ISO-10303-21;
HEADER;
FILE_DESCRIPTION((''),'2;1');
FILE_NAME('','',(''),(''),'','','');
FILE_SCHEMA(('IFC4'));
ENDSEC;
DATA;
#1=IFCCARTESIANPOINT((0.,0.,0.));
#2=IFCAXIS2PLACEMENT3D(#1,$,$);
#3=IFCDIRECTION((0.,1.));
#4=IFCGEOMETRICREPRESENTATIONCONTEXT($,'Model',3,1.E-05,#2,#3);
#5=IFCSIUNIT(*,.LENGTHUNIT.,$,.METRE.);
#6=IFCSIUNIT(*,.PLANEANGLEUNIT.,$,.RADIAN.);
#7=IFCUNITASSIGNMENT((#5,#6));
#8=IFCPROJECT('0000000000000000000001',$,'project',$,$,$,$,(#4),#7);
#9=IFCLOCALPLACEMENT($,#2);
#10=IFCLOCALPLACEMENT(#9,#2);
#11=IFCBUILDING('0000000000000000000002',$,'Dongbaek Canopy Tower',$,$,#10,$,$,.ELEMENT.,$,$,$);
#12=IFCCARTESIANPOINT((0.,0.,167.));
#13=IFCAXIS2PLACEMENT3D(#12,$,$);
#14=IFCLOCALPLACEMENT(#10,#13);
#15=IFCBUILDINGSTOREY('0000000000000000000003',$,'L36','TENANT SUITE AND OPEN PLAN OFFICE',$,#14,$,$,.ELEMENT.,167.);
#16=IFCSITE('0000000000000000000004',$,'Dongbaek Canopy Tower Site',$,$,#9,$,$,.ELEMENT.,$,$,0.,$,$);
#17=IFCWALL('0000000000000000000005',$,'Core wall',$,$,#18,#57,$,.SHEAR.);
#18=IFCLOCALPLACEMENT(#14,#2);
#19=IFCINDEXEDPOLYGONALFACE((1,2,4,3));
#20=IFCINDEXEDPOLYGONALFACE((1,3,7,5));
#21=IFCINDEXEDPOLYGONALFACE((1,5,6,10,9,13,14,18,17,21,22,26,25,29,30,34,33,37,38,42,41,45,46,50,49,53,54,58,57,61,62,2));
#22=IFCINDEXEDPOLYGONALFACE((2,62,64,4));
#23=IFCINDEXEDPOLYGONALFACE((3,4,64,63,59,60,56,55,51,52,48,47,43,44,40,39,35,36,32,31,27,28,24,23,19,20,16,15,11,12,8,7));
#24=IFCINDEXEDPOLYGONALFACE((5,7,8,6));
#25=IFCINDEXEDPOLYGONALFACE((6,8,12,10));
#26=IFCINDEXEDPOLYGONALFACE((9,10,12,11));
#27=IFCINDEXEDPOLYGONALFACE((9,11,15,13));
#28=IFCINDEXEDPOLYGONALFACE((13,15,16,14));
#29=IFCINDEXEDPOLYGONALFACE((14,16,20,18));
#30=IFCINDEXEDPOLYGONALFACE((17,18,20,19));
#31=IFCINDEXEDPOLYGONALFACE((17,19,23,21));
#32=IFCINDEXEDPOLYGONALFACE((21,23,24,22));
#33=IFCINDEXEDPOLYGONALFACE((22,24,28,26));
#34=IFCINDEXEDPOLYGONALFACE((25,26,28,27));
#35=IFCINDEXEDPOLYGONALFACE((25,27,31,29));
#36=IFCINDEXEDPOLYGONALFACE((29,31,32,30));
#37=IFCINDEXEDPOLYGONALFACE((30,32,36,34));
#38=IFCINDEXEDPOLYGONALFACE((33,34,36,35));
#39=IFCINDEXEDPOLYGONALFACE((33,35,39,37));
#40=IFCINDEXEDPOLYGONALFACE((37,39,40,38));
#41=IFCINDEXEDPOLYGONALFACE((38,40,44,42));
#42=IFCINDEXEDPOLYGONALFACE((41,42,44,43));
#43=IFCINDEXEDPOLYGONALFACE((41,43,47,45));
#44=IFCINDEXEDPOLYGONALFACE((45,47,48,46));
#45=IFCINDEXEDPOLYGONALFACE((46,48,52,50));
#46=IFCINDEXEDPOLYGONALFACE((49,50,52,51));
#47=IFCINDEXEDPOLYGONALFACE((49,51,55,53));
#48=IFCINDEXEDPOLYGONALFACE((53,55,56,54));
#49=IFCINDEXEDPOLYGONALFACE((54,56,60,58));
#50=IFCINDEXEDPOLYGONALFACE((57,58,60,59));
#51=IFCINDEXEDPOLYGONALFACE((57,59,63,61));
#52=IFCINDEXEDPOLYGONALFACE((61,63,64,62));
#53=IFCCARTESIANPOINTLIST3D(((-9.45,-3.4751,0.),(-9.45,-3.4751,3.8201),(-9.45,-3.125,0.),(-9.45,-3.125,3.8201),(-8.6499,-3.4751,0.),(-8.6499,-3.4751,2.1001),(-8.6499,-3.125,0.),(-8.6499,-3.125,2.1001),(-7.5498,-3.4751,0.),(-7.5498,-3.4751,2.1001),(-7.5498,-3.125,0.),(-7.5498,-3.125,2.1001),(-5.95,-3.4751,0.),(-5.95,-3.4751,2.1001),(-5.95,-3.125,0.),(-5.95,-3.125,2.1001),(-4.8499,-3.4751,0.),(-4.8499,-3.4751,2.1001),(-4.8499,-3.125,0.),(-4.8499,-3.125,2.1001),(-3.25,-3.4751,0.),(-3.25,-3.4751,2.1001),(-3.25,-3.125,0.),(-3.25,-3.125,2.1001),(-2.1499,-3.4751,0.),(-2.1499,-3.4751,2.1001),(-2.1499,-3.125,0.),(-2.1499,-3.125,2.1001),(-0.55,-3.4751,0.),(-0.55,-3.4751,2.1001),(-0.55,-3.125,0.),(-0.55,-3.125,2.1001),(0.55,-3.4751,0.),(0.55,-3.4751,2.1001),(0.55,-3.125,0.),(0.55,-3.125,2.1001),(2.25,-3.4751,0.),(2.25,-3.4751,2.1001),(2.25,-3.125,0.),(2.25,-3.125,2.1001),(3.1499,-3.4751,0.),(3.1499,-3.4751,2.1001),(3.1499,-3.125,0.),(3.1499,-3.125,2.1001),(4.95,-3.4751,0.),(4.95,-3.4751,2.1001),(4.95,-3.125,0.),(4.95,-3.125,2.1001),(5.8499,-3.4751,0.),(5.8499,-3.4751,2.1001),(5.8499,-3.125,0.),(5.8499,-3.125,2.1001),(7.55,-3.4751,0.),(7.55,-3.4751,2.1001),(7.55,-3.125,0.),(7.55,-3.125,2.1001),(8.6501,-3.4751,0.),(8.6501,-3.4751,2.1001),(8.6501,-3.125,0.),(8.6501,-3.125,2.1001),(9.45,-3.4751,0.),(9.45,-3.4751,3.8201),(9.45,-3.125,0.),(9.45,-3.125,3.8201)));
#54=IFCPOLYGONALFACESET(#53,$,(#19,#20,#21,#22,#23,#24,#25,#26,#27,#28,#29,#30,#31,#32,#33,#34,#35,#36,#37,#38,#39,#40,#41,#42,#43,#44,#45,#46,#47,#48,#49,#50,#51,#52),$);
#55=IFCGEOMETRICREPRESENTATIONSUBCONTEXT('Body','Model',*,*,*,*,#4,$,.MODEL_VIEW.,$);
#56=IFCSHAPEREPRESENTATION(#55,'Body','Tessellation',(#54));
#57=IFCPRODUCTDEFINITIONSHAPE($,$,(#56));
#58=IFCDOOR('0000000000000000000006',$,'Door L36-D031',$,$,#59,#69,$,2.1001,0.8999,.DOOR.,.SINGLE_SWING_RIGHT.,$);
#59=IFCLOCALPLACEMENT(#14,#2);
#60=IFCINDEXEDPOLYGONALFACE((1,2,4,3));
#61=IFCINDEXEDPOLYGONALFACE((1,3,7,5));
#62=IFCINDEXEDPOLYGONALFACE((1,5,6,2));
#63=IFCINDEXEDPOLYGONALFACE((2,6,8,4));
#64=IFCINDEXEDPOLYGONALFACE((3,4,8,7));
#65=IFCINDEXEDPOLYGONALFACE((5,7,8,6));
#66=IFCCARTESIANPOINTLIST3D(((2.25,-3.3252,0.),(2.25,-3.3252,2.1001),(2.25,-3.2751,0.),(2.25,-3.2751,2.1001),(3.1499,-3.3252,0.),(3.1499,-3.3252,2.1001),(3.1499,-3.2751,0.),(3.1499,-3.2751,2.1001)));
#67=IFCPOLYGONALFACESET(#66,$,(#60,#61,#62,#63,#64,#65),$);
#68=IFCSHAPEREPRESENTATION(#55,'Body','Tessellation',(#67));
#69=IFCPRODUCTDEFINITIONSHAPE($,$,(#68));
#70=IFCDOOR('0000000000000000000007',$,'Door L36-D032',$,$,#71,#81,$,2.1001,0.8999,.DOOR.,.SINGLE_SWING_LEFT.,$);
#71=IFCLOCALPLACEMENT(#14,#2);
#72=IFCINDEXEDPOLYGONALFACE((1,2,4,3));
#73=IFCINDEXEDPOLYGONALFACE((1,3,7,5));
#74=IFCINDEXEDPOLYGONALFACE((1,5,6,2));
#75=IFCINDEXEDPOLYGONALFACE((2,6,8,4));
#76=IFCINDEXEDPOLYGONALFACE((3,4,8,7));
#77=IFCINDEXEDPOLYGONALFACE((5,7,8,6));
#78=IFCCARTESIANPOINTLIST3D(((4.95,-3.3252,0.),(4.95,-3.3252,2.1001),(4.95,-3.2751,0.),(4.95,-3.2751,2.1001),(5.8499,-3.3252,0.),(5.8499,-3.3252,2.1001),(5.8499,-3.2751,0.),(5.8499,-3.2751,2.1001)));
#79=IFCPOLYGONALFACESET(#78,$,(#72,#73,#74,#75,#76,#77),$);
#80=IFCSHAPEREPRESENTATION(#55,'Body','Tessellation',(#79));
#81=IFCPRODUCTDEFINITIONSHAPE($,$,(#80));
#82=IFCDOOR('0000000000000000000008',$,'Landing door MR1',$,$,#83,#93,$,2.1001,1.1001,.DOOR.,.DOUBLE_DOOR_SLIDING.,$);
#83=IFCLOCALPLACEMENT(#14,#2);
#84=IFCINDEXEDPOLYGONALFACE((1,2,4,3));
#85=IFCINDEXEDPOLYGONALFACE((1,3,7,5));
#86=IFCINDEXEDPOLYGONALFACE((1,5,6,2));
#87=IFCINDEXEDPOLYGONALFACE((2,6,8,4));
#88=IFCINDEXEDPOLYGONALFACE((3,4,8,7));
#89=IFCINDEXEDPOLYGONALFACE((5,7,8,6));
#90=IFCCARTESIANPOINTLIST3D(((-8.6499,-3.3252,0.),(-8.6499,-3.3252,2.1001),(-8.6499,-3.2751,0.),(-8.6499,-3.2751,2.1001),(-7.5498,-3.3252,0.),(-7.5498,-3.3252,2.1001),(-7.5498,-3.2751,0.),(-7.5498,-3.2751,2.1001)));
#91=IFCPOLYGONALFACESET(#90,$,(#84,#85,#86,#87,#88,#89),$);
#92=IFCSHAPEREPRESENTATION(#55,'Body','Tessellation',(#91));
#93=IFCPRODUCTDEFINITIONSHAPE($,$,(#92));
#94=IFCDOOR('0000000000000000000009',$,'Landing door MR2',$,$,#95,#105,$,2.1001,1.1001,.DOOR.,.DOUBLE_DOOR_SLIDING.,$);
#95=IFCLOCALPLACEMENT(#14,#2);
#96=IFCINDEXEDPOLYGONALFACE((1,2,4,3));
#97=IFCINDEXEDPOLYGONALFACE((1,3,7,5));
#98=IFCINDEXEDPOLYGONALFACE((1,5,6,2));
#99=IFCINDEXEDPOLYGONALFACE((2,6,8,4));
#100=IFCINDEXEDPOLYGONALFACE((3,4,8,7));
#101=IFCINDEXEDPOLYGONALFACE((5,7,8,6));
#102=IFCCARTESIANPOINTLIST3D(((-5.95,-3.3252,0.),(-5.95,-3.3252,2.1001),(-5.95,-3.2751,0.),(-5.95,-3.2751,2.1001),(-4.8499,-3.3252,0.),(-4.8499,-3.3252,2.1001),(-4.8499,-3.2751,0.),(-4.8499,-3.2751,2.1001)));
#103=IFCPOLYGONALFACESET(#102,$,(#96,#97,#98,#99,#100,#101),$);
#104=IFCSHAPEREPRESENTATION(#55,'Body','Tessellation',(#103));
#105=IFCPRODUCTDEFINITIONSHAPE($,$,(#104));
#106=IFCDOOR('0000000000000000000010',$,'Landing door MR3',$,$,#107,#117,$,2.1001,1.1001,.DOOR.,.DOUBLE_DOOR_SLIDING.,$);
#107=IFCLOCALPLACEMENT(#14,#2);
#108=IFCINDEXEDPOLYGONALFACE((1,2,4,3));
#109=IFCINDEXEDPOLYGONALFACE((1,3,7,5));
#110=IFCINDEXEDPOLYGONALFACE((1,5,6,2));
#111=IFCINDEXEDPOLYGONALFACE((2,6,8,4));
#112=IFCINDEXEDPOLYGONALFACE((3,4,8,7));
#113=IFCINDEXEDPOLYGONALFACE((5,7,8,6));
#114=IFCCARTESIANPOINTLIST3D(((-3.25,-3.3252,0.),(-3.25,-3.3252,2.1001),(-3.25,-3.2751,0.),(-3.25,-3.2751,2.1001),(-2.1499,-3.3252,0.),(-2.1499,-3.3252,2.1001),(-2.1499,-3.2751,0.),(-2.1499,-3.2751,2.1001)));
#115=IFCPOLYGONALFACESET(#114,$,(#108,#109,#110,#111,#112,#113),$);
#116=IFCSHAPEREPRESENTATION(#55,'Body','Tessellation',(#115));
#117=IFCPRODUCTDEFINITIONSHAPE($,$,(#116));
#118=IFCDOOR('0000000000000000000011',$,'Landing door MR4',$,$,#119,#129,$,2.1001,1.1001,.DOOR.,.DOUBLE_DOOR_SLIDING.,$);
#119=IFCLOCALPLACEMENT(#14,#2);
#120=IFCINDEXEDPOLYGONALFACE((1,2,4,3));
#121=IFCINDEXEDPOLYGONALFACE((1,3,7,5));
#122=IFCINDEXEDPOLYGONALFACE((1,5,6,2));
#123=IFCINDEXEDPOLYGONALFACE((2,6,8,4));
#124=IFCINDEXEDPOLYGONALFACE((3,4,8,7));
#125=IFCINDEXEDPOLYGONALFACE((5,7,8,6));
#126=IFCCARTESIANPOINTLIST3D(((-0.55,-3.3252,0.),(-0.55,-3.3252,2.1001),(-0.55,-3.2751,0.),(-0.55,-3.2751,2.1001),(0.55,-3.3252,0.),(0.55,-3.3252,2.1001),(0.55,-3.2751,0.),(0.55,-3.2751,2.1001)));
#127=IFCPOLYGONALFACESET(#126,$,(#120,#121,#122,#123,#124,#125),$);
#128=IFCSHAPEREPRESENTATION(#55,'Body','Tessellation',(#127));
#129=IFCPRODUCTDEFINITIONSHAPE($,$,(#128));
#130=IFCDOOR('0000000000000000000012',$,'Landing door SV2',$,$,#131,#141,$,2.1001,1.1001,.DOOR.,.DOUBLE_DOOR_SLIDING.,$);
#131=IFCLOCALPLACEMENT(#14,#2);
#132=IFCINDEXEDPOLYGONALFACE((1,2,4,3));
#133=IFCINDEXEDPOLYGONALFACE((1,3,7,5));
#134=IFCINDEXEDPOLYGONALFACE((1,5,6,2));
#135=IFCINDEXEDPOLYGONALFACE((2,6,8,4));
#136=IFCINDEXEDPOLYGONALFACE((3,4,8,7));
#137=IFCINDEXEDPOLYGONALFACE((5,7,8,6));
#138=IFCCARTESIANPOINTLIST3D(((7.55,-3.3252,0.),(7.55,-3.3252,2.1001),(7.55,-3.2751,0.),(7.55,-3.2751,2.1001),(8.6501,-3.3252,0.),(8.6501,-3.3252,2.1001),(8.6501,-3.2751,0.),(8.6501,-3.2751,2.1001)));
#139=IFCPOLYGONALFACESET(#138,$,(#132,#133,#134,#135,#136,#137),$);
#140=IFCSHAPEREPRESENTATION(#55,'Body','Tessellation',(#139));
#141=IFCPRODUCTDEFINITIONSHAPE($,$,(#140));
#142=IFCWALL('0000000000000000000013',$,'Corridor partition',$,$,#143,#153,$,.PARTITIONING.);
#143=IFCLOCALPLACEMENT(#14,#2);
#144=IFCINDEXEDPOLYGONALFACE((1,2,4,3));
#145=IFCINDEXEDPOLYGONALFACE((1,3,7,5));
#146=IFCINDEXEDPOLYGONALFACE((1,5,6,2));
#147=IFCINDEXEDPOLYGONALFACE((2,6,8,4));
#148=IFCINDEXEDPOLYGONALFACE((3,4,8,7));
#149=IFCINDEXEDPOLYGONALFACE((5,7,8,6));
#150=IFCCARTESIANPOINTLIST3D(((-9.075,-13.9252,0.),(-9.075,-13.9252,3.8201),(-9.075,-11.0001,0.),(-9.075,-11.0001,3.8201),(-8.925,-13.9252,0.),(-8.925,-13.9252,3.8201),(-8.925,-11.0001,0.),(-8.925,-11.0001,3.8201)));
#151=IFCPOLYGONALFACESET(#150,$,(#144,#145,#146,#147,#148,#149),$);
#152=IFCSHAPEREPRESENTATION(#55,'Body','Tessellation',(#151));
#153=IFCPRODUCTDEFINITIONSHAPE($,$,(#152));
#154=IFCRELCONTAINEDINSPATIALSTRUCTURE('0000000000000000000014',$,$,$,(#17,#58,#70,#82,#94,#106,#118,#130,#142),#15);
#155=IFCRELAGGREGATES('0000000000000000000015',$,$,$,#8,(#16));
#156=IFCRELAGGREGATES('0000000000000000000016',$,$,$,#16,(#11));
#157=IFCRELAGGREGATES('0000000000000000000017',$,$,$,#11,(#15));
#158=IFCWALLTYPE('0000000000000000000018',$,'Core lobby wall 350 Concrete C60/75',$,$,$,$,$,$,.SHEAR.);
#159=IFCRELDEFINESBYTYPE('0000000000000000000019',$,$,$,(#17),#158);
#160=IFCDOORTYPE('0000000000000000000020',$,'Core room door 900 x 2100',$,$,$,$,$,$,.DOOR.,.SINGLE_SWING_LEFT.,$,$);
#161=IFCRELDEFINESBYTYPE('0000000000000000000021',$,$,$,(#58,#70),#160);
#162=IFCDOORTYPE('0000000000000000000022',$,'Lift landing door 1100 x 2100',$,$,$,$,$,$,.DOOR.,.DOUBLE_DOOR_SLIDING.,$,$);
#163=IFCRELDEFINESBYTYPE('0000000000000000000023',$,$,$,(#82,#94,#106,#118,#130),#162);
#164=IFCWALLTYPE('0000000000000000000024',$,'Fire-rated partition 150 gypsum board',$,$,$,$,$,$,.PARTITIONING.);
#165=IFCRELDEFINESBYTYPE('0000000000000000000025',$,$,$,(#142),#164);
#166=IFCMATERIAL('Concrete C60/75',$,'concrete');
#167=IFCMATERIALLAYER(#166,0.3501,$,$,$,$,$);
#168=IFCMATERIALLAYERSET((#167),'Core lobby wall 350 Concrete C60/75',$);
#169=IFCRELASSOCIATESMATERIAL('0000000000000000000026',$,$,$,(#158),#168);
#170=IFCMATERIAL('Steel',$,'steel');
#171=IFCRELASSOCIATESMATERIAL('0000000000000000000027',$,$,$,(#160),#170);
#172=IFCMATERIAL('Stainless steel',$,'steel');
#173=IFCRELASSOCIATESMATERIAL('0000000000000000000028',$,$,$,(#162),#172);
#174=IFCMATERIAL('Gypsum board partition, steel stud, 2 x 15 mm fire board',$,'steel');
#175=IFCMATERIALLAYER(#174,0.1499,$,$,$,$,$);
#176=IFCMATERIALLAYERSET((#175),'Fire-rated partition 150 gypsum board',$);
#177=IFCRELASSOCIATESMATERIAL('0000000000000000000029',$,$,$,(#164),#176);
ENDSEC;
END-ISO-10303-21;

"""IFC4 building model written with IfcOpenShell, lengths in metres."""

from ifc_helpers import new_model, si_unit, direction, frame, frame_2d, origin, place, context, subcontext, project, spatial, rectangle, extrude, material, layer, layer_set, type_object, element, fill, save


model = new_model("IFC4")

# Units and contexts
model_context = context("Model", 3, precision=1e-05, world=origin(), true_north=direction((0.0, 1.0)))
body_context = subcontext(model_context, "Body", "Model", "MODEL_VIEW")
ifc_project = project(units=[si_unit("LENGTHUNIT", "METRE"), si_unit("PLANEANGLEUNIT", "RADIAN")], contexts=[model_context])

# Site, building, storey
site_placement = place(None, origin())
site = spatial("IfcSite", under=ifc_project, at=site_placement, Name="Dongbaek Canopy Tower Site", CompositionType="ELEMENT", RefElevation=0.0)
building_placement = place(site_placement, origin())
building = spatial("IfcBuilding", under=site, at=building_placement, Name="Dongbaek Canopy Tower", CompositionType="ELEMENT")
storey_placement = place(building_placement, frame((0.0, 0.0, 167.0)))
storey = spatial("IfcBuildingStorey", under=building, at=storey_placement, Name="L36", Description="TENANT SUITE AND OPEN PLAN OFFICE", CompositionType="ELEMENT", Elevation=167.0)

# Wall, openings, doors
ifc_material_1 = material(Name="Concrete C60/75", Category="concrete")
ifc_layer_1 = layer(ifc_material_1, 0.3501)
ifc_layer_set_1 = layer_set([ifc_layer_1], Name="Core lobby wall 350 Concrete C60/75")
wall_type_1 = type_object("IfcWallType", Name="Core lobby wall 350 Concrete C60/75", PredefinedType="SHEAR", material=ifc_layer_set_1)
wall_1_placement = place(storey_placement, frame((-9.45, -3.3, 0.0), z_axis=(0.0, 0.0, 1.0), x_axis=(1.0, 0.0, 0.0)))
wall_1 = element("IfcWall", 1, at=wall_1_placement, inside=storey, type_object=wall_type_1, Name="Core wall", PredefinedType="SHEAR", context=body_context, shape_type="SweptSolid", body=[
    extrude(rectangle(XDim=18.8999, YDim=0.3501, at=frame_2d((9.45, 0.0))), origin(), (0.0, 0.0, 1.0), 3.8201),
])
opening_1_placement = place(wall_1_placement, frame((0.8, 0.0, 0.0)))
opening_1 = element("IfcOpeningElement", 2, at=opening_1_placement, cuts=wall_1, PredefinedType="OPENING", context=body_context, shape_type="SweptSolid", body=[
    extrude(rectangle(XDim=1.1001, YDim=2.1001, at=frame_2d((0.55, 1.05))), frame((0.0, 0.1851, 0.0), z_axis=(0.0, -1.0, 0.0), x_axis=(1.0, 0.0, 0.0)), (0.0, 0.0, 1.0), 0.3701),
])
opening_2_placement = place(wall_1_placement, frame((3.5, 0.0, 0.0)))
opening_2 = element("IfcOpeningElement", 3, at=opening_2_placement, cuts=wall_1, PredefinedType="OPENING", context=body_context, shape_type="SweptSolid", body=[
    extrude(rectangle(XDim=1.1001, YDim=2.1001, at=frame_2d((0.55, 1.05))), frame((0.0, 0.1851, 0.0), z_axis=(0.0, -1.0, 0.0), x_axis=(1.0, 0.0, 0.0)), (0.0, 0.0, 1.0), 0.3701),
])
opening_3_placement = place(wall_1_placement, frame((6.2, 0.0, 0.0)))
opening_3 = element("IfcOpeningElement", 4, at=opening_3_placement, cuts=wall_1, PredefinedType="OPENING", context=body_context, shape_type="SweptSolid", body=[
    extrude(rectangle(XDim=1.1001, YDim=2.1001, at=frame_2d((0.55, 1.05))), frame((0.0, 0.1851, 0.0), z_axis=(0.0, -1.0, 0.0), x_axis=(1.0, 0.0, 0.0)), (0.0, 0.0, 1.0), 0.3701),
])
opening_4_placement = place(wall_1_placement, frame((8.8999, 0.0, 0.0)))
opening_4 = element("IfcOpeningElement", 5, at=opening_4_placement, cuts=wall_1, PredefinedType="OPENING", context=body_context, shape_type="SweptSolid", body=[
    extrude(rectangle(XDim=1.1001, YDim=2.1001, at=frame_2d((0.55, 1.05))), frame((0.0, 0.1851, 0.0), z_axis=(0.0, -1.0, 0.0), x_axis=(1.0, 0.0, 0.0)), (0.0, 0.0, 1.0), 0.3701),
])
opening_5_placement = place(wall_1_placement, frame((17.0, 0.0, 0.0)))
opening_5 = element("IfcOpeningElement", 6, at=opening_5_placement, cuts=wall_1, PredefinedType="OPENING", context=body_context, shape_type="SweptSolid", body=[
    extrude(rectangle(XDim=1.1001, YDim=2.1001, at=frame_2d((0.55, 1.05))), frame((0.0, 0.1851, 0.0), z_axis=(0.0, -1.0, 0.0), x_axis=(1.0, 0.0, 0.0)), (0.0, 0.0, 1.0), 0.3701),
])
opening_6_placement = place(wall_1_placement, frame((11.7, 0.0, 0.0)))
opening_6 = element("IfcOpeningElement", 7, at=opening_6_placement, cuts=wall_1, PredefinedType="OPENING", context=body_context, shape_type="SweptSolid", body=[
    extrude(rectangle(XDim=0.8999, YDim=2.1001, at=frame_2d((0.45, 1.05))), frame((0.0, 0.1851, 0.0), z_axis=(0.0, -1.0, 0.0), x_axis=(1.0, 0.0, 0.0)), (0.0, 0.0, 1.0), 0.3701),
])
opening_7_placement = place(wall_1_placement, frame((14.3999, 0.0, 0.0)))
opening_7 = element("IfcOpeningElement", 8, at=opening_7_placement, cuts=wall_1, PredefinedType="OPENING", context=body_context, shape_type="SweptSolid", body=[
    extrude(rectangle(XDim=0.8999, YDim=2.1001, at=frame_2d((0.45, 1.05))), frame((0.0, 0.1851, 0.0), z_axis=(0.0, -1.0, 0.0), x_axis=(1.0, 0.0, 0.0)), (0.0, 0.0, 1.0), 0.3701),
])
ifc_material_2 = material(Name="Steel", Category="steel")
door_type_1 = type_object("IfcDoorType", Name="Core room door 900 x 2100", OperationType="SINGLE_SWING_LEFT", PredefinedType="DOOR", material=ifc_material_2)
door_1_placement = place(opening_6_placement, origin())
door_1 = element("IfcDoor", 9, at=door_1_placement, inside=storey, type_object=door_type_1, Name="Door L36-D031", OperationType="SINGLE_SWING_RIGHT", OverallHeight=2.1001, OverallWidth=0.8999, PredefinedType="DOOR", context=body_context, shape_type="SweptSolid", body=[
    extrude(rectangle(XDim=0.8999, YDim=2.1001, at=frame_2d((0.45, 1.05))), frame((0.0, 0.0249, 0.0), z_axis=(0.0, -1.0, 0.0), x_axis=(1.0, 0.0, 0.0)), (0.0, 0.0, 1.0), 0.05),
])
fill(opening_6, door_1)
door_2_placement = place(opening_7_placement, origin())
door_2 = element("IfcDoor", 10, at=door_2_placement, inside=storey, type_object=door_type_1, Name="Door L36-D032", OperationType="SINGLE_SWING_LEFT", OverallHeight=2.1001, OverallWidth=0.8999, PredefinedType="DOOR", context=body_context, shape_type="SweptSolid", body=[
    extrude(rectangle(XDim=0.8999, YDim=2.1001, at=frame_2d((0.45, 1.05))), frame((0.0, 0.0249, 0.0), z_axis=(0.0, -1.0, 0.0), x_axis=(1.0, 0.0, 0.0)), (0.0, 0.0, 1.0), 0.05),
])
fill(opening_7, door_2)
ifc_material_3 = material(Name="Stainless steel", Category="steel")
door_type_2 = type_object("IfcDoorType", Name="Lift landing door 1100 x 2100", OperationType="DOUBLE_DOOR_SLIDING", PredefinedType="DOOR", material=ifc_material_3)
door_3_placement = place(opening_1_placement, origin())
door_3 = element("IfcDoor", 11, at=door_3_placement, inside=storey, type_object=door_type_2, Name="Landing door MR1", OperationType="DOUBLE_DOOR_SLIDING", OverallHeight=2.1001, OverallWidth=1.1001, PredefinedType="DOOR", context=body_context, shape_type="SweptSolid", body=[
    extrude(rectangle(XDim=1.1001, YDim=2.1001, at=frame_2d((0.55, 1.05))), frame((0.0, 0.0249, 0.0), z_axis=(0.0, -1.0, 0.0), x_axis=(1.0, 0.0, 0.0)), (0.0, 0.0, 1.0), 0.05),
])
fill(opening_1, door_3)
door_4_placement = place(opening_2_placement, origin())
door_4 = element("IfcDoor", 12, at=door_4_placement, inside=storey, type_object=door_type_2, Name="Landing door MR2", OperationType="DOUBLE_DOOR_SLIDING", OverallHeight=2.1001, OverallWidth=1.1001, PredefinedType="DOOR", context=body_context, shape_type="SweptSolid", body=[
    extrude(rectangle(XDim=1.1001, YDim=2.1001, at=frame_2d((0.55, 1.05))), frame((0.0, 0.0249, 0.0), z_axis=(0.0, -1.0, 0.0), x_axis=(1.0, 0.0, 0.0)), (0.0, 0.0, 1.0), 0.05),
])
fill(opening_2, door_4)
door_5_placement = place(opening_3_placement, origin())
door_5 = element("IfcDoor", 13, at=door_5_placement, inside=storey, type_object=door_type_2, Name="Landing door MR3", OperationType="DOUBLE_DOOR_SLIDING", OverallHeight=2.1001, OverallWidth=1.1001, PredefinedType="DOOR", context=body_context, shape_type="SweptSolid", body=[
    extrude(rectangle(XDim=1.1001, YDim=2.1001, at=frame_2d((0.55, 1.05))), frame((0.0, 0.0249, 0.0), z_axis=(0.0, -1.0, 0.0), x_axis=(1.0, 0.0, 0.0)), (0.0, 0.0, 1.0), 0.05),
])
fill(opening_3, door_5)
door_6_placement = place(opening_4_placement, origin())
door_6 = element("IfcDoor", 14, at=door_6_placement, inside=storey, type_object=door_type_2, Name="Landing door MR4", OperationType="DOUBLE_DOOR_SLIDING", OverallHeight=2.1001, OverallWidth=1.1001, PredefinedType="DOOR", context=body_context, shape_type="SweptSolid", body=[
    extrude(rectangle(XDim=1.1001, YDim=2.1001, at=frame_2d((0.55, 1.05))), frame((0.0, 0.0249, 0.0), z_axis=(0.0, -1.0, 0.0), x_axis=(1.0, 0.0, 0.0)), (0.0, 0.0, 1.0), 0.05),
])
fill(opening_4, door_6)
door_7_placement = place(opening_5_placement, origin())
door_7 = element("IfcDoor", 15, at=door_7_placement, inside=storey, type_object=door_type_2, Name="Landing door SV2", OperationType="DOUBLE_DOOR_SLIDING", OverallHeight=2.1001, OverallWidth=1.1001, PredefinedType="DOOR", context=body_context, shape_type="SweptSolid", body=[
    extrude(rectangle(XDim=1.1001, YDim=2.1001, at=frame_2d((0.55, 1.05))), frame((0.0, 0.0249, 0.0), z_axis=(0.0, -1.0, 0.0), x_axis=(1.0, 0.0, 0.0)), (0.0, 0.0, 1.0), 0.05),
])
fill(opening_5, door_7)

# Wall
ifc_material_4 = material(Name="Gypsum board partition, steel stud, 2 x 15 mm fire board", Category="steel")
ifc_layer_2 = layer(ifc_material_4, 0.1499)
ifc_layer_set_2 = layer_set([ifc_layer_2], Name="Fire-rated partition 150 gypsum board")
wall_type_2 = type_object("IfcWallType", Name="Fire-rated partition 150 gypsum board", PredefinedType="PARTITIONING", material=ifc_layer_set_2)
wall_2_placement = place(storey_placement, frame((-9.0, -13.925, 0.0), z_axis=(0.0, 0.0, 1.0), x_axis=(0.0, 1.0, 0.0)))
element("IfcWall", 16, at=wall_2_placement, inside=storey, type_object=wall_type_2, Name="Corridor partition", PredefinedType="PARTITIONING", context=body_context, shape_type="SweptSolid", body=[
    extrude(rectangle(XDim=2.925, YDim=0.1499, at=frame_2d((1.4624, 0.0))), origin(), (0.0, 0.0, 1.0), 3.8201),
])

save(model, "model.ifc")
